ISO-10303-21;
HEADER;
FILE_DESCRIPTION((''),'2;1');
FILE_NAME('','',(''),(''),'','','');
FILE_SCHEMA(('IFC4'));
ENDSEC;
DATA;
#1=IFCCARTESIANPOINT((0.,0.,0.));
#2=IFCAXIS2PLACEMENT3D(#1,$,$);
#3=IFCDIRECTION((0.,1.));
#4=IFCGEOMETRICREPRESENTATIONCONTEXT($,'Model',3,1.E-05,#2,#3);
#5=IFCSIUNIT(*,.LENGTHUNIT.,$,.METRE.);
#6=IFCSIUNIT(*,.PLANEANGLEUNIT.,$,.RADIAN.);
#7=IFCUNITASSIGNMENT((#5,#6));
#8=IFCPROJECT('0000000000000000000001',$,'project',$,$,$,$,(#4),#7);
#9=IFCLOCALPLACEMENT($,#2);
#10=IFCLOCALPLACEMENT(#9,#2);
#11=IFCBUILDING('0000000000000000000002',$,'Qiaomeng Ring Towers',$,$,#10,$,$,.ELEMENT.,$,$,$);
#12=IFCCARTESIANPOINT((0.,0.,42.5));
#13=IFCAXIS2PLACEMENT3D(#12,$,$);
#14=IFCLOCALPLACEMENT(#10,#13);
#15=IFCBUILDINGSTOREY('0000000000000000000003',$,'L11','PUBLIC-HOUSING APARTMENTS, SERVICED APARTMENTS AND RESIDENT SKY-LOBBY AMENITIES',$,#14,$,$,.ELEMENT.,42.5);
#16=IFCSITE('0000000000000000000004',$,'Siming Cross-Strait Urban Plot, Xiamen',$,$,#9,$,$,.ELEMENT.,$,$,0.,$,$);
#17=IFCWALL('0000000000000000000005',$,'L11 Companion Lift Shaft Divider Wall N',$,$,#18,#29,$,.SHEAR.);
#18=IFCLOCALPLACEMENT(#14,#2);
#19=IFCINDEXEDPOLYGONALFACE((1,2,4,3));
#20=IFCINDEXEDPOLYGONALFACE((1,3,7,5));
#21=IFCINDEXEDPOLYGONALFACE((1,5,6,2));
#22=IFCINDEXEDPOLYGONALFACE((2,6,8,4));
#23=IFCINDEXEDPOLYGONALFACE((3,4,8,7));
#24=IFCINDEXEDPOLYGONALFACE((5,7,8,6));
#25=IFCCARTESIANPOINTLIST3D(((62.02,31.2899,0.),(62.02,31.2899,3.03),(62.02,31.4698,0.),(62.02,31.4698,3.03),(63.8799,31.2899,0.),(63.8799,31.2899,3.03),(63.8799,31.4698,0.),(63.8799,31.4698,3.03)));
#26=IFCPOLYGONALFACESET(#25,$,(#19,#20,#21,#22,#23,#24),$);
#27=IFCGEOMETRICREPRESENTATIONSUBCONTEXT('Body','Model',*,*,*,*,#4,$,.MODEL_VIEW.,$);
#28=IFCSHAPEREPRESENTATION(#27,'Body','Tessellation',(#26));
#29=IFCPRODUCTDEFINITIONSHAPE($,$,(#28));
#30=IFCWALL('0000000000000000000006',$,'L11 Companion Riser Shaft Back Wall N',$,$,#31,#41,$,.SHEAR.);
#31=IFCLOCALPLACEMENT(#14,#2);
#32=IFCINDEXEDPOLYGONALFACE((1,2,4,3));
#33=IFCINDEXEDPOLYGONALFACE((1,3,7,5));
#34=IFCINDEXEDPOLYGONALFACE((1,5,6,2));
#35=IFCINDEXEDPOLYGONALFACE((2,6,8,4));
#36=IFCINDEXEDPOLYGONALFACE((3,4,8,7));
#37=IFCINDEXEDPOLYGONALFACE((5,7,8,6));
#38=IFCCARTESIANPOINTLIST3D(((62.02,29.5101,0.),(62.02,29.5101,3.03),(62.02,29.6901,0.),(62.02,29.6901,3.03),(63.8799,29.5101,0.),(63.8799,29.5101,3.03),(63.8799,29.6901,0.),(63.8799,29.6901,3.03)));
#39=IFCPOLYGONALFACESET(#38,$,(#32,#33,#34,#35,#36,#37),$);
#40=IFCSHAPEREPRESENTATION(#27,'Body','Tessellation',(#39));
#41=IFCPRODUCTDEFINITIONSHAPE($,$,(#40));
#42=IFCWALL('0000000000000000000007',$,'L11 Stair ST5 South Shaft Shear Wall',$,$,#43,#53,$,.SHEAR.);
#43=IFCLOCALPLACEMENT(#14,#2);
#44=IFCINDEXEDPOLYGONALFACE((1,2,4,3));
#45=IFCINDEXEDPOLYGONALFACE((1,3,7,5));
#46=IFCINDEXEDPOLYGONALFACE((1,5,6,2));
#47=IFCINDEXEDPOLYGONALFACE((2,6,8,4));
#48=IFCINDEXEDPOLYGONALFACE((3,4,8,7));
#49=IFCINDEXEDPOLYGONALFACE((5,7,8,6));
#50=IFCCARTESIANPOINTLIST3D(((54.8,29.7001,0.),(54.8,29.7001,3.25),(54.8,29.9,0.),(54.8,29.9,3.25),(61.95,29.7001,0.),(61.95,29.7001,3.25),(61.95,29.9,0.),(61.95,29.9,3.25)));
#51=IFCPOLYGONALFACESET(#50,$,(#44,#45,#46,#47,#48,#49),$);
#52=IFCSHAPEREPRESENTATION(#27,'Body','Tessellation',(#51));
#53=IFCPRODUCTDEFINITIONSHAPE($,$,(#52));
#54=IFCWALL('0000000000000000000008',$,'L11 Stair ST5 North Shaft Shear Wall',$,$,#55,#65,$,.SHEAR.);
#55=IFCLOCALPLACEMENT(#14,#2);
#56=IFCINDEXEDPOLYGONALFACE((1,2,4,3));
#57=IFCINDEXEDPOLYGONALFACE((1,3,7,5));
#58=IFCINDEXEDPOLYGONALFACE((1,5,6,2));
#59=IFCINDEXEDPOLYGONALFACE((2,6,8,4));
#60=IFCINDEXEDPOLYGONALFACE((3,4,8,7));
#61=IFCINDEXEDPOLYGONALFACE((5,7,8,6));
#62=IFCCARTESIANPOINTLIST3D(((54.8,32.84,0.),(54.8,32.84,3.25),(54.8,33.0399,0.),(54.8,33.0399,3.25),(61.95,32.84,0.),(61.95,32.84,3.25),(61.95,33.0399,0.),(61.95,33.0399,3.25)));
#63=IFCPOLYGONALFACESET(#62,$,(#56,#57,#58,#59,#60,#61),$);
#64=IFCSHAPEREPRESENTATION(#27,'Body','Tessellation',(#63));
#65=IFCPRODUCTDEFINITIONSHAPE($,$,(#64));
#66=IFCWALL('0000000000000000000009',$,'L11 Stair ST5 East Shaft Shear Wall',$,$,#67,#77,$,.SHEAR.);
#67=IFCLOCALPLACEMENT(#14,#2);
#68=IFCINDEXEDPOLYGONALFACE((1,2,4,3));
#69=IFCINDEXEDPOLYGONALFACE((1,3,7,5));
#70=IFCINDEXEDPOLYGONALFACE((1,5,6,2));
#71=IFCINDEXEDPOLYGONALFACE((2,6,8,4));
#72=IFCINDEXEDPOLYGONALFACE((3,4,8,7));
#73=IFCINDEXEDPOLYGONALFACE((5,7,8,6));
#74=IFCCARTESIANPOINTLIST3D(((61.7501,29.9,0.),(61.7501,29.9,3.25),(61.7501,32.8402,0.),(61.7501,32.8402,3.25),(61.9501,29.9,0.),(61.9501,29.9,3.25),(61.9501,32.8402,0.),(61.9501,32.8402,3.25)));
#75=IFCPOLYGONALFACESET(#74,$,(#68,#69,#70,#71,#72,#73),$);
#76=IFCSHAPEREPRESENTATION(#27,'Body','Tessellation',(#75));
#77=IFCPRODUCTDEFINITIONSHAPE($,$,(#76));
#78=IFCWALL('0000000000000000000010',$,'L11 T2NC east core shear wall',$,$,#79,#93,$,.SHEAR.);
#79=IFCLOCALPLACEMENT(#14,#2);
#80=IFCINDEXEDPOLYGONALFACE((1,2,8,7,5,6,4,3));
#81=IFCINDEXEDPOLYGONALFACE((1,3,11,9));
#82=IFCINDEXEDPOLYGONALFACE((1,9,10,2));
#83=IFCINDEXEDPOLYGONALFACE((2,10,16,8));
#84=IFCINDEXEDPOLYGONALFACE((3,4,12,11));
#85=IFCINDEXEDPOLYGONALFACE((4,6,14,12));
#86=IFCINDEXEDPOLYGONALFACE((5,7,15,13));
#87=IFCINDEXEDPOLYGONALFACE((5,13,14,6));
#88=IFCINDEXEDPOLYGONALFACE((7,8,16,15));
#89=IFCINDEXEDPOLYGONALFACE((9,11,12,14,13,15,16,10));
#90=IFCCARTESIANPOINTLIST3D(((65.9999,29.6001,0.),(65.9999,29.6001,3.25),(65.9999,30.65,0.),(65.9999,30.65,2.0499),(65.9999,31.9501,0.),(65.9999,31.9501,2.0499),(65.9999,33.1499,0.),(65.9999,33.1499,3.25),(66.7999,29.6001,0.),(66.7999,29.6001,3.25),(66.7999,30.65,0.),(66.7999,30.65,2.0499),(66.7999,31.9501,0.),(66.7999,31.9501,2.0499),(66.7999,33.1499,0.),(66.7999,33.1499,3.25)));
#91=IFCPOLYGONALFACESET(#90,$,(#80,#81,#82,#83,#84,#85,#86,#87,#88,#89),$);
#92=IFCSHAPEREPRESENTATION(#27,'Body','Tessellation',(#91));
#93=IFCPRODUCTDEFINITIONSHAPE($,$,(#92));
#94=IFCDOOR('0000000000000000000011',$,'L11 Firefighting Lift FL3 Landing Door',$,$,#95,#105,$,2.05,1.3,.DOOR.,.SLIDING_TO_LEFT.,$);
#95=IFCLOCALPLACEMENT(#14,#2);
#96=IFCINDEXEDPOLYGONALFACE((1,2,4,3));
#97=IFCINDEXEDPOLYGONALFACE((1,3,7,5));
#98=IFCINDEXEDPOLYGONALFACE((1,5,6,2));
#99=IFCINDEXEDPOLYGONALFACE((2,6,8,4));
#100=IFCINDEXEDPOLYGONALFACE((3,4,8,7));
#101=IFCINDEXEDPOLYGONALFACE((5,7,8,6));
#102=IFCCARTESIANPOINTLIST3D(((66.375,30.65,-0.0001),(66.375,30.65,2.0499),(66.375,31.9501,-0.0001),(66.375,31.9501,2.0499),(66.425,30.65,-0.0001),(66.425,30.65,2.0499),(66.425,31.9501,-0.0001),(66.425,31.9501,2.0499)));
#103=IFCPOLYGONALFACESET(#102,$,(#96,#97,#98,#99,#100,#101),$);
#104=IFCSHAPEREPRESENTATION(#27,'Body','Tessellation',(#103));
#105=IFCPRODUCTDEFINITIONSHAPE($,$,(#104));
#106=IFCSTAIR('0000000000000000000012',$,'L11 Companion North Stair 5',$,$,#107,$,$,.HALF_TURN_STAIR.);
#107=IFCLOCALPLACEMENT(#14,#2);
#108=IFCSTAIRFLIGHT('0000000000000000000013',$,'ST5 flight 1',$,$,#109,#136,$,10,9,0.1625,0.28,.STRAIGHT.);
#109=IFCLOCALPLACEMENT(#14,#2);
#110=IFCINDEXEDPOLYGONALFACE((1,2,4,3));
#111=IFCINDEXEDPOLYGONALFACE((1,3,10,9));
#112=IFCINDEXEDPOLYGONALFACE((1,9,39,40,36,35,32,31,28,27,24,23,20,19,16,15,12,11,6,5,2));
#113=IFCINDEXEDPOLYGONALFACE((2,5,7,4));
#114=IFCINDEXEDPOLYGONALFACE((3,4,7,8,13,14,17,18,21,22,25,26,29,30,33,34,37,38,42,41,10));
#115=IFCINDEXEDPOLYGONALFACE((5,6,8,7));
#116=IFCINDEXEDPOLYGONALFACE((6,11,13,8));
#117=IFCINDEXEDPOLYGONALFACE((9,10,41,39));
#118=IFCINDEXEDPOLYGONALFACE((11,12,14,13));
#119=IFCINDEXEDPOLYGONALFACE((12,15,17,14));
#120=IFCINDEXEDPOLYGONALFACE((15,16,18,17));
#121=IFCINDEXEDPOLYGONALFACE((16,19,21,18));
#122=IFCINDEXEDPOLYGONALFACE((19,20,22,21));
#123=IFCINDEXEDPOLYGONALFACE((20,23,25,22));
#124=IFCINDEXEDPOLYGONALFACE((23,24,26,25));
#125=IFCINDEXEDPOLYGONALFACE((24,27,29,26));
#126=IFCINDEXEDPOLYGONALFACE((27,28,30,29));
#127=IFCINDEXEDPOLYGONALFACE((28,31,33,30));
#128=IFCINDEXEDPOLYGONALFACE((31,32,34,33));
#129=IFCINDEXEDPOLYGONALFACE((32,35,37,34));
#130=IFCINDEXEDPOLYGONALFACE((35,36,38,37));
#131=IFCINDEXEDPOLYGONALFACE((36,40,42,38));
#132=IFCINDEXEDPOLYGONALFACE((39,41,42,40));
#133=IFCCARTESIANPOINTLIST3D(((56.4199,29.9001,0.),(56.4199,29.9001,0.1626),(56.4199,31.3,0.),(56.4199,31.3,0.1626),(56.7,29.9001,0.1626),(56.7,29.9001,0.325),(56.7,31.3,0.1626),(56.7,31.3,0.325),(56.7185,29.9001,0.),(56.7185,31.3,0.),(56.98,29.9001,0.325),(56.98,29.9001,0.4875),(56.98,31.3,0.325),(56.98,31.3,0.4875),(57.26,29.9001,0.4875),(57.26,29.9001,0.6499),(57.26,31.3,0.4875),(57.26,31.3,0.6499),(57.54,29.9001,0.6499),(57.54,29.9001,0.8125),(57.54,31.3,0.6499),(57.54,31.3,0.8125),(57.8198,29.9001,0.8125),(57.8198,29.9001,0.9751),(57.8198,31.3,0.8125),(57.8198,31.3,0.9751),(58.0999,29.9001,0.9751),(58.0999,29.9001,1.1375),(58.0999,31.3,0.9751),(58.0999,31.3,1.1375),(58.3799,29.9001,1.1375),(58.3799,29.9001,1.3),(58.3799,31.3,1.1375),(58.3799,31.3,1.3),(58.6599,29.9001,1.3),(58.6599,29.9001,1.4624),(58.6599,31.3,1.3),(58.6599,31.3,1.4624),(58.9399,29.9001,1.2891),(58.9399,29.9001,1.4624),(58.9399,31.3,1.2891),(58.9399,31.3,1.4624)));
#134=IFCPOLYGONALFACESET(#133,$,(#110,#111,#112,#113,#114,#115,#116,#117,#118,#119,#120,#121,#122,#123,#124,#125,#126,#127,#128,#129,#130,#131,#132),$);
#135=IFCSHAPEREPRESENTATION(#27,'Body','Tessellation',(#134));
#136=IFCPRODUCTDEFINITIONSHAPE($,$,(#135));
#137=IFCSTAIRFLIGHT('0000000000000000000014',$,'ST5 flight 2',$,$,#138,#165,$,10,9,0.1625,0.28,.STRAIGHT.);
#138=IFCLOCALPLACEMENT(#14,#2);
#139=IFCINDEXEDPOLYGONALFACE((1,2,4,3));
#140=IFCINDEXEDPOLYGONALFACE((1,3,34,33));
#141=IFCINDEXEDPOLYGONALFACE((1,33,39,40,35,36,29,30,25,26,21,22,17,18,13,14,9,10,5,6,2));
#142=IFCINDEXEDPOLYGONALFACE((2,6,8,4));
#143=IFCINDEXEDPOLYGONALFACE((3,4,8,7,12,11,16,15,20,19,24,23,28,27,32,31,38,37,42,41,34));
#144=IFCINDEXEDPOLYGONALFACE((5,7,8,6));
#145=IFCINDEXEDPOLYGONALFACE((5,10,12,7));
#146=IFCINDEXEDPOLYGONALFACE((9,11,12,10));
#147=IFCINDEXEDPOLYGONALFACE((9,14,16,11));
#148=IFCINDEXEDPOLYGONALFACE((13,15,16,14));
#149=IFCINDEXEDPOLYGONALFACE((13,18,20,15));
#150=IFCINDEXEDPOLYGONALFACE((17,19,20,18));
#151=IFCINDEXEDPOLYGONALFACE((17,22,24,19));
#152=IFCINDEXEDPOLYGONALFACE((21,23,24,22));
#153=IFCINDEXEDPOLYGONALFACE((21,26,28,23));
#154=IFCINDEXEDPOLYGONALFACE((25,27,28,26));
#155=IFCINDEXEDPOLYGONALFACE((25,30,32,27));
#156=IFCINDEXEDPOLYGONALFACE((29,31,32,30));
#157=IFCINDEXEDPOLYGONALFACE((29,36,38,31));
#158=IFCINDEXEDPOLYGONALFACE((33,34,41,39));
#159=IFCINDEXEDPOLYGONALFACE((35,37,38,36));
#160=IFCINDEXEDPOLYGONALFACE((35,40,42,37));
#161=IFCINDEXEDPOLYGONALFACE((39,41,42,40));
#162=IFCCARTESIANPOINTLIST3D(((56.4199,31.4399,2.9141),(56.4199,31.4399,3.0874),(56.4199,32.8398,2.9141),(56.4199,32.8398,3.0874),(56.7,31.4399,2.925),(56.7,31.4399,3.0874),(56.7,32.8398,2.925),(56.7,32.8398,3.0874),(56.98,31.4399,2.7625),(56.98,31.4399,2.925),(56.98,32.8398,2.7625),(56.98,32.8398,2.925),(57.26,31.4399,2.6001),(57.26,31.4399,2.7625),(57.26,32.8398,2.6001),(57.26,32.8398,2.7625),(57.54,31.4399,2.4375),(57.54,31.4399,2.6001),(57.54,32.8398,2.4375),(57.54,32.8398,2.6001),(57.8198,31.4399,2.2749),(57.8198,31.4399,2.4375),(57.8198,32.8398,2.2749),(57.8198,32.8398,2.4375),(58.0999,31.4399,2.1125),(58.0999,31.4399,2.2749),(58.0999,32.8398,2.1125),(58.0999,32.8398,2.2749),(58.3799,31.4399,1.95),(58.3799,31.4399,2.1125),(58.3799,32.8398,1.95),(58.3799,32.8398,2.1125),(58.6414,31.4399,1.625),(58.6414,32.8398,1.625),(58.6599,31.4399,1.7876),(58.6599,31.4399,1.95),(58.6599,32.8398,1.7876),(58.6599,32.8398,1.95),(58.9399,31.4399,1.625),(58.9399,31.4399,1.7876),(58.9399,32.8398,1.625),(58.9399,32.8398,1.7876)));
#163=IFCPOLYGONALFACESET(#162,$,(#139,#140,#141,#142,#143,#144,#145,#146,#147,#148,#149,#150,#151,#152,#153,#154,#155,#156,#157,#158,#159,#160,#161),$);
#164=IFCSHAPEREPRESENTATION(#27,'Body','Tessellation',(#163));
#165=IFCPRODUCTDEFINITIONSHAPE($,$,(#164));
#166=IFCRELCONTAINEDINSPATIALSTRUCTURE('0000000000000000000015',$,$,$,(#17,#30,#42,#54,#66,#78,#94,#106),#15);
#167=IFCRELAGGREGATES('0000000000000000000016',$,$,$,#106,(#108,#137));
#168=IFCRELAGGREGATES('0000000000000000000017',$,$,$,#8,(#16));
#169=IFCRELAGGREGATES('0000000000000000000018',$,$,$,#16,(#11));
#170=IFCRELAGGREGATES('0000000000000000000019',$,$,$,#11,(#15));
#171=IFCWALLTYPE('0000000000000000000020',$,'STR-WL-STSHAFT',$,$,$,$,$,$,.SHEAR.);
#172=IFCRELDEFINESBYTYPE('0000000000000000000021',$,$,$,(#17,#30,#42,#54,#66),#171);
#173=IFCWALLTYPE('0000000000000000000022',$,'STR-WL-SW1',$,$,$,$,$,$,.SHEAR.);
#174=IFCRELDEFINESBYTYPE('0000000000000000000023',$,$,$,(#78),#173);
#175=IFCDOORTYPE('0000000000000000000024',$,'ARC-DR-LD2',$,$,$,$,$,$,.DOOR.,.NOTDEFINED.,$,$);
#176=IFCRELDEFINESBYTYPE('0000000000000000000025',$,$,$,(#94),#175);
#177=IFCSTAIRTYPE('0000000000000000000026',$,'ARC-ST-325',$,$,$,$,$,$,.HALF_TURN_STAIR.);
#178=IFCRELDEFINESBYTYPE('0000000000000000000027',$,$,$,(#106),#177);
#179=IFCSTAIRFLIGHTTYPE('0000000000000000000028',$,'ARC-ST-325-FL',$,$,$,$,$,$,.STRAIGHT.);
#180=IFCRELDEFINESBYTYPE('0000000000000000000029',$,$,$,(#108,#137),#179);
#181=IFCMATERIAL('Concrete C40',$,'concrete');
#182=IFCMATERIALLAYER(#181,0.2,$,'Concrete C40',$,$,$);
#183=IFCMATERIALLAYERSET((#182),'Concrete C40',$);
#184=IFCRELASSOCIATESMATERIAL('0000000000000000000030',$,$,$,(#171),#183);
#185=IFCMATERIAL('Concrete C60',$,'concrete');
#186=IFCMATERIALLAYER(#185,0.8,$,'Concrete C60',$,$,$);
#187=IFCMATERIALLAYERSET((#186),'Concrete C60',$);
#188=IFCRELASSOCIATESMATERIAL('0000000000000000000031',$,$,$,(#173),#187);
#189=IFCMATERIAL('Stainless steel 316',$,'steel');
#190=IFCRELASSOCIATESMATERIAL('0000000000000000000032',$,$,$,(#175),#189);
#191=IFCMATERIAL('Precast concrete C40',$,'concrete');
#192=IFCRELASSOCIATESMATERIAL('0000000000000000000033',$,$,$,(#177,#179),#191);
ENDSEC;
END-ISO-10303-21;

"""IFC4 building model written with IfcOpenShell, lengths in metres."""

from ifc_helpers import new_model, si_unit, direction, frame, frame_2d, origin, place, context, subcontext, project, spatial, polyline, rectangle, outline, extrude, source, transform, mapped, material, layer, layer_set, type_object, element, fill, aggregate, save


model = new_model("IFC4")

# Units and contexts
model_context = context("Model", 3, precision=1e-05, world=origin(), true_north=direction((0.0, 1.0)))
body_context = subcontext(model_context, "Body", "Model", "MODEL_VIEW")
ifc_project = project(units=[si_unit("LENGTHUNIT", "METRE"), si_unit("PLANEANGLEUNIT", "RADIAN")], contexts=[model_context])

# Site, building, storey
site_placement = place(None, origin())
site = spatial("IfcSite", under=ifc_project, at=site_placement, Name="Siming Cross-Strait Urban Plot, Xiamen", CompositionType="ELEMENT", RefElevation=0.0)
building_placement = place(site_placement, origin())
building = spatial("IfcBuilding", under=site, at=building_placement, Name="Qiaomeng Ring Towers", CompositionType="ELEMENT")
storey_placement = place(building_placement, frame((0.0, 0.0, 42.5)))
storey = spatial("IfcBuildingStorey", under=building, at=storey_placement, Name="L11", Description="PUBLIC-HOUSING APARTMENTS, SERVICED APARTMENTS AND RESIDENT SKY-LOBBY AMENITIES", CompositionType="ELEMENT", Elevation=42.5)

# Walls
ifc_material_1 = material(Name="Concrete C40", Category="concrete")
ifc_layer_1 = layer(ifc_material_1, 0.2, Name="Concrete C40")
ifc_layer_set_1 = layer_set([ifc_layer_1], Name="Concrete C40")
wall_type_1 = type_object("IfcWallType", Name="STR-WL-STSHAFT", PredefinedType="SHEAR", material=ifc_layer_set_1)
for number, where, z_axis, x_axis, name in (
    (1, (62.02, 31.3799, 0.0), (0.0, 0.0, 1.0), (1.0, 0.0, 0.0), "L11 Companion Lift Shaft Divider Wall N"),
    (2, (62.02, 29.6001, 0.0), (0.0, 0.0, 1.0), (1.0, 0.0, 0.0), "L11 Companion Riser Shaft Back Wall N"),
):
    element("IfcWall", number, at=place(storey_placement, frame(where, z_axis=z_axis, x_axis=x_axis)), inside=storey, type_object=wall_type_1, Name=name, PredefinedType="SHEAR", context=body_context, shape_type="SweptSolid", body=[
        extrude(rectangle(XDim=1.8599, YDim=0.1799, at=frame_2d((0.9299, 0.0))), origin(), (0.0, 0.0, 1.0), 3.03),
    ])
for number, where, z_axis, x_axis, name in (
    (3, (54.8, 29.8, 0.0), (0.0, 0.0, 1.0), (1.0, 0.0, 0.0), "L11 Stair ST5 South Shaft Shear Wall"),
    (4, (54.8, 32.9399, 0.0), (0.0, 0.0, 1.0), (1.0, 0.0, 0.0), "L11 Stair ST5 North Shaft Shear Wall"),
):
    element("IfcWall", number, at=place(storey_placement, frame(where, z_axis=z_axis, x_axis=x_axis)), inside=storey, type_object=wall_type_1, Name=name, PredefinedType="SHEAR", context=body_context, shape_type="SweptSolid", body=[
        extrude(rectangle(XDim=7.1499, YDim=0.2, at=frame_2d((3.575, 0.0))), origin(), (0.0, 0.0, 1.0), 3.25),
    ])
wall_1_placement = place(storey_placement, frame((61.8501, 29.8999, 0.0), z_axis=(0.0, 0.0, 1.0), x_axis=(0.0, 1.0, 0.0)))
element("IfcWall", 5, at=wall_1_placement, inside=storey, type_object=wall_type_1, Name="L11 Stair ST5 East Shaft Shear Wall", PredefinedType="SHEAR", context=body_context, shape_type="SweptSolid", body=[
    extrude(rectangle(XDim=2.9402, YDim=0.2, at=frame_2d((1.4702, 0.0))), origin(), (0.0, 0.0, 1.0), 3.25),
])

# Wall, opening, door
ifc_material_2 = material(Name="Concrete C60", Category="concrete")
ifc_layer_2 = layer(ifc_material_2, 0.8, Name="Concrete C60")
ifc_layer_set_2 = layer_set([ifc_layer_2], Name="Concrete C60")
wall_type_2 = type_object("IfcWallType", Name="STR-WL-SW1", PredefinedType="SHEAR", material=ifc_layer_set_2)
wall_2_placement = place(storey_placement, frame((66.3999, 29.6001, 0.0), z_axis=(0.0, 0.0, 1.0), x_axis=(0.0, 1.0, 0.0)))
wall_2 = element("IfcWall", 6, at=wall_2_placement, inside=storey, type_object=wall_type_2, Name="L11 T2NC east core shear wall", PredefinedType="SHEAR", context=body_context, shape_type="SweptSolid", body=[
    extrude(rectangle(XDim=3.5498, YDim=0.8, at=frame_2d((1.7749, 0.0))), origin(), (0.0, 0.0, 1.0), 3.25),
])
opening_placement = place(wall_2_placement, frame((1.05, 0.0, 0.0)))
opening = element("IfcOpeningElement", 7, at=opening_placement, cuts=wall_2, PredefinedType="OPENING", context=body_context, shape_type="SweptSolid", body=[
    extrude(rectangle(XDim=1.3, YDim=2.05, at=frame_2d((0.6499, 1.0249))), frame((0.0, 0.4099, 0.0), z_axis=(0.0, -1.0, 0.0), x_axis=(1.0, 0.0, 0.0)), (0.0, 0.0, 1.0), 0.8201),
])
ifc_material_3 = material(Name="Stainless steel 316", Category="steel")
door_type = type_object("IfcDoorType", Name="ARC-DR-LD2", OperationType="NOTDEFINED", PredefinedType="DOOR", material=ifc_material_3)
shared_shape_1 = source(origin(), body_context, "Body", "SweptSolid", [
    extrude(rectangle(XDim=1.3, YDim=2.05, at=frame_2d((0.6499, 1.0249))), frame((0.0, 0.0249, 0.0), z_axis=(0.0, -1.0, 0.0), x_axis=(1.0, 0.0, 0.0)), (0.0, 0.0, 1.0), 0.05),
])
door_placement = place(opening_placement, origin())
door = element("IfcDoor", 8, at=door_placement, inside=storey, type_object=door_type, Name="L11 Firefighting Lift FL3 Landing Door", OperationType="SLIDING_TO_LEFT", OverallHeight=2.05, OverallWidth=1.3, PredefinedType="DOOR", context=body_context, shape_type="MappedRepresentation", body=[
    mapped(shared_shape_1, transform((0.0, 0.0, 0.0), x_axis=(1.0, 0.0, 0.0), y_axis=(0.0, 1.0, 0.0), z_axis=(0.0, 0.0, 1.0), scale=1.0)),
])
fill(opening, door)

# Stair, stair flights
ifc_material_4 = material(Name="Precast concrete C40", Category="concrete")
stair_type = type_object("IfcStairType", Name="ARC-ST-325", PredefinedType="HALF_TURN_STAIR", material=ifc_material_4)
stair_placement = place(storey_placement, origin())
stair = element("IfcStair", 9, at=stair_placement, inside=storey, type_object=stair_type, Name="L11 Companion North Stair 5", PredefinedType="HALF_TURN_STAIR")
stair_flight_type = type_object("IfcStairFlightType", Name="ARC-ST-325-FL", PredefinedType="STRAIGHT", material=ifc_material_4)
shared_shape_2 = source(origin(), body_context, "Body", "SweptSolid", [
    extrude(outline(polyline([(0.0, 0.0), (0.0, 0.1626), (0.28, 0.1626), (0.28, 0.325), (0.5601, 0.325), (0.5601, 0.4875), (0.8401, 0.4875), (0.8401, 0.6499), (1.1201, 0.6499), (1.1201, 0.8125), (1.3999, 0.8125), (1.3999, 0.9751), (1.6799, 0.9751), (1.6799, 1.1375), (1.96, 1.1375), (1.96, 1.3), (2.24, 1.3), (2.24, 1.4624), (2.52, 1.4624), (2.52, 1.625), (2.52, 1.2891), (0.2986, 0.0), (0.0, 0.0)])), frame((0.0, 0.7, 0.0), z_axis=(0.0, -1.0, 0.0), x_axis=(1.0, 0.0, 0.0)), (0.0, 0.0, 1.0), 1.3999),
])
stair_flight_1_placement = place(storey_placement, frame((56.4199, 30.6001, 0.0), z_axis=(0.0, 0.0, 1.0), x_axis=(1.0, 0.0, 0.0)))
stair_flight_1 = element("IfcStairFlight", 10, at=stair_flight_1_placement, type_object=stair_flight_type, Name="ST5 flight 1", NumberOfRisers=10, NumberOfTreads=9, PredefinedType="STRAIGHT", RiserHeight=0.1625, TreadLength=0.28, context=body_context, shape_type="MappedRepresentation", body=[
    mapped(shared_shape_2, transform((0.0, 0.0, 0.0), x_axis=(1.0, 0.0, 0.0), y_axis=(0.0, 1.0, 0.0), z_axis=(0.0, 0.0, 1.0), scale=1.0)),
])
stair_flight_2_placement = place(storey_placement, frame((58.9399, 32.1399, 1.625), z_axis=(0.0, 0.0, 1.0), x_axis=(-1.0, 0.0, 0.0)))
stair_flight_2 = element("IfcStairFlight", 11, at=stair_flight_2_placement, type_object=stair_flight_type, Name="ST5 flight 2", NumberOfRisers=10, NumberOfTreads=9, PredefinedType="STRAIGHT", RiserHeight=0.1625, TreadLength=0.28, context=body_context, shape_type="MappedRepresentation", body=[
    mapped(shared_shape_2, transform((0.0, 0.0, 0.0), x_axis=(1.0, 0.0, 0.0), y_axis=(0.0, 1.0, 0.0), z_axis=(0.0, 0.0, 1.0), scale=1.0)),
])
aggregate(stair, [stair_flight_1, stair_flight_2])

save(model, "model.ifc")
